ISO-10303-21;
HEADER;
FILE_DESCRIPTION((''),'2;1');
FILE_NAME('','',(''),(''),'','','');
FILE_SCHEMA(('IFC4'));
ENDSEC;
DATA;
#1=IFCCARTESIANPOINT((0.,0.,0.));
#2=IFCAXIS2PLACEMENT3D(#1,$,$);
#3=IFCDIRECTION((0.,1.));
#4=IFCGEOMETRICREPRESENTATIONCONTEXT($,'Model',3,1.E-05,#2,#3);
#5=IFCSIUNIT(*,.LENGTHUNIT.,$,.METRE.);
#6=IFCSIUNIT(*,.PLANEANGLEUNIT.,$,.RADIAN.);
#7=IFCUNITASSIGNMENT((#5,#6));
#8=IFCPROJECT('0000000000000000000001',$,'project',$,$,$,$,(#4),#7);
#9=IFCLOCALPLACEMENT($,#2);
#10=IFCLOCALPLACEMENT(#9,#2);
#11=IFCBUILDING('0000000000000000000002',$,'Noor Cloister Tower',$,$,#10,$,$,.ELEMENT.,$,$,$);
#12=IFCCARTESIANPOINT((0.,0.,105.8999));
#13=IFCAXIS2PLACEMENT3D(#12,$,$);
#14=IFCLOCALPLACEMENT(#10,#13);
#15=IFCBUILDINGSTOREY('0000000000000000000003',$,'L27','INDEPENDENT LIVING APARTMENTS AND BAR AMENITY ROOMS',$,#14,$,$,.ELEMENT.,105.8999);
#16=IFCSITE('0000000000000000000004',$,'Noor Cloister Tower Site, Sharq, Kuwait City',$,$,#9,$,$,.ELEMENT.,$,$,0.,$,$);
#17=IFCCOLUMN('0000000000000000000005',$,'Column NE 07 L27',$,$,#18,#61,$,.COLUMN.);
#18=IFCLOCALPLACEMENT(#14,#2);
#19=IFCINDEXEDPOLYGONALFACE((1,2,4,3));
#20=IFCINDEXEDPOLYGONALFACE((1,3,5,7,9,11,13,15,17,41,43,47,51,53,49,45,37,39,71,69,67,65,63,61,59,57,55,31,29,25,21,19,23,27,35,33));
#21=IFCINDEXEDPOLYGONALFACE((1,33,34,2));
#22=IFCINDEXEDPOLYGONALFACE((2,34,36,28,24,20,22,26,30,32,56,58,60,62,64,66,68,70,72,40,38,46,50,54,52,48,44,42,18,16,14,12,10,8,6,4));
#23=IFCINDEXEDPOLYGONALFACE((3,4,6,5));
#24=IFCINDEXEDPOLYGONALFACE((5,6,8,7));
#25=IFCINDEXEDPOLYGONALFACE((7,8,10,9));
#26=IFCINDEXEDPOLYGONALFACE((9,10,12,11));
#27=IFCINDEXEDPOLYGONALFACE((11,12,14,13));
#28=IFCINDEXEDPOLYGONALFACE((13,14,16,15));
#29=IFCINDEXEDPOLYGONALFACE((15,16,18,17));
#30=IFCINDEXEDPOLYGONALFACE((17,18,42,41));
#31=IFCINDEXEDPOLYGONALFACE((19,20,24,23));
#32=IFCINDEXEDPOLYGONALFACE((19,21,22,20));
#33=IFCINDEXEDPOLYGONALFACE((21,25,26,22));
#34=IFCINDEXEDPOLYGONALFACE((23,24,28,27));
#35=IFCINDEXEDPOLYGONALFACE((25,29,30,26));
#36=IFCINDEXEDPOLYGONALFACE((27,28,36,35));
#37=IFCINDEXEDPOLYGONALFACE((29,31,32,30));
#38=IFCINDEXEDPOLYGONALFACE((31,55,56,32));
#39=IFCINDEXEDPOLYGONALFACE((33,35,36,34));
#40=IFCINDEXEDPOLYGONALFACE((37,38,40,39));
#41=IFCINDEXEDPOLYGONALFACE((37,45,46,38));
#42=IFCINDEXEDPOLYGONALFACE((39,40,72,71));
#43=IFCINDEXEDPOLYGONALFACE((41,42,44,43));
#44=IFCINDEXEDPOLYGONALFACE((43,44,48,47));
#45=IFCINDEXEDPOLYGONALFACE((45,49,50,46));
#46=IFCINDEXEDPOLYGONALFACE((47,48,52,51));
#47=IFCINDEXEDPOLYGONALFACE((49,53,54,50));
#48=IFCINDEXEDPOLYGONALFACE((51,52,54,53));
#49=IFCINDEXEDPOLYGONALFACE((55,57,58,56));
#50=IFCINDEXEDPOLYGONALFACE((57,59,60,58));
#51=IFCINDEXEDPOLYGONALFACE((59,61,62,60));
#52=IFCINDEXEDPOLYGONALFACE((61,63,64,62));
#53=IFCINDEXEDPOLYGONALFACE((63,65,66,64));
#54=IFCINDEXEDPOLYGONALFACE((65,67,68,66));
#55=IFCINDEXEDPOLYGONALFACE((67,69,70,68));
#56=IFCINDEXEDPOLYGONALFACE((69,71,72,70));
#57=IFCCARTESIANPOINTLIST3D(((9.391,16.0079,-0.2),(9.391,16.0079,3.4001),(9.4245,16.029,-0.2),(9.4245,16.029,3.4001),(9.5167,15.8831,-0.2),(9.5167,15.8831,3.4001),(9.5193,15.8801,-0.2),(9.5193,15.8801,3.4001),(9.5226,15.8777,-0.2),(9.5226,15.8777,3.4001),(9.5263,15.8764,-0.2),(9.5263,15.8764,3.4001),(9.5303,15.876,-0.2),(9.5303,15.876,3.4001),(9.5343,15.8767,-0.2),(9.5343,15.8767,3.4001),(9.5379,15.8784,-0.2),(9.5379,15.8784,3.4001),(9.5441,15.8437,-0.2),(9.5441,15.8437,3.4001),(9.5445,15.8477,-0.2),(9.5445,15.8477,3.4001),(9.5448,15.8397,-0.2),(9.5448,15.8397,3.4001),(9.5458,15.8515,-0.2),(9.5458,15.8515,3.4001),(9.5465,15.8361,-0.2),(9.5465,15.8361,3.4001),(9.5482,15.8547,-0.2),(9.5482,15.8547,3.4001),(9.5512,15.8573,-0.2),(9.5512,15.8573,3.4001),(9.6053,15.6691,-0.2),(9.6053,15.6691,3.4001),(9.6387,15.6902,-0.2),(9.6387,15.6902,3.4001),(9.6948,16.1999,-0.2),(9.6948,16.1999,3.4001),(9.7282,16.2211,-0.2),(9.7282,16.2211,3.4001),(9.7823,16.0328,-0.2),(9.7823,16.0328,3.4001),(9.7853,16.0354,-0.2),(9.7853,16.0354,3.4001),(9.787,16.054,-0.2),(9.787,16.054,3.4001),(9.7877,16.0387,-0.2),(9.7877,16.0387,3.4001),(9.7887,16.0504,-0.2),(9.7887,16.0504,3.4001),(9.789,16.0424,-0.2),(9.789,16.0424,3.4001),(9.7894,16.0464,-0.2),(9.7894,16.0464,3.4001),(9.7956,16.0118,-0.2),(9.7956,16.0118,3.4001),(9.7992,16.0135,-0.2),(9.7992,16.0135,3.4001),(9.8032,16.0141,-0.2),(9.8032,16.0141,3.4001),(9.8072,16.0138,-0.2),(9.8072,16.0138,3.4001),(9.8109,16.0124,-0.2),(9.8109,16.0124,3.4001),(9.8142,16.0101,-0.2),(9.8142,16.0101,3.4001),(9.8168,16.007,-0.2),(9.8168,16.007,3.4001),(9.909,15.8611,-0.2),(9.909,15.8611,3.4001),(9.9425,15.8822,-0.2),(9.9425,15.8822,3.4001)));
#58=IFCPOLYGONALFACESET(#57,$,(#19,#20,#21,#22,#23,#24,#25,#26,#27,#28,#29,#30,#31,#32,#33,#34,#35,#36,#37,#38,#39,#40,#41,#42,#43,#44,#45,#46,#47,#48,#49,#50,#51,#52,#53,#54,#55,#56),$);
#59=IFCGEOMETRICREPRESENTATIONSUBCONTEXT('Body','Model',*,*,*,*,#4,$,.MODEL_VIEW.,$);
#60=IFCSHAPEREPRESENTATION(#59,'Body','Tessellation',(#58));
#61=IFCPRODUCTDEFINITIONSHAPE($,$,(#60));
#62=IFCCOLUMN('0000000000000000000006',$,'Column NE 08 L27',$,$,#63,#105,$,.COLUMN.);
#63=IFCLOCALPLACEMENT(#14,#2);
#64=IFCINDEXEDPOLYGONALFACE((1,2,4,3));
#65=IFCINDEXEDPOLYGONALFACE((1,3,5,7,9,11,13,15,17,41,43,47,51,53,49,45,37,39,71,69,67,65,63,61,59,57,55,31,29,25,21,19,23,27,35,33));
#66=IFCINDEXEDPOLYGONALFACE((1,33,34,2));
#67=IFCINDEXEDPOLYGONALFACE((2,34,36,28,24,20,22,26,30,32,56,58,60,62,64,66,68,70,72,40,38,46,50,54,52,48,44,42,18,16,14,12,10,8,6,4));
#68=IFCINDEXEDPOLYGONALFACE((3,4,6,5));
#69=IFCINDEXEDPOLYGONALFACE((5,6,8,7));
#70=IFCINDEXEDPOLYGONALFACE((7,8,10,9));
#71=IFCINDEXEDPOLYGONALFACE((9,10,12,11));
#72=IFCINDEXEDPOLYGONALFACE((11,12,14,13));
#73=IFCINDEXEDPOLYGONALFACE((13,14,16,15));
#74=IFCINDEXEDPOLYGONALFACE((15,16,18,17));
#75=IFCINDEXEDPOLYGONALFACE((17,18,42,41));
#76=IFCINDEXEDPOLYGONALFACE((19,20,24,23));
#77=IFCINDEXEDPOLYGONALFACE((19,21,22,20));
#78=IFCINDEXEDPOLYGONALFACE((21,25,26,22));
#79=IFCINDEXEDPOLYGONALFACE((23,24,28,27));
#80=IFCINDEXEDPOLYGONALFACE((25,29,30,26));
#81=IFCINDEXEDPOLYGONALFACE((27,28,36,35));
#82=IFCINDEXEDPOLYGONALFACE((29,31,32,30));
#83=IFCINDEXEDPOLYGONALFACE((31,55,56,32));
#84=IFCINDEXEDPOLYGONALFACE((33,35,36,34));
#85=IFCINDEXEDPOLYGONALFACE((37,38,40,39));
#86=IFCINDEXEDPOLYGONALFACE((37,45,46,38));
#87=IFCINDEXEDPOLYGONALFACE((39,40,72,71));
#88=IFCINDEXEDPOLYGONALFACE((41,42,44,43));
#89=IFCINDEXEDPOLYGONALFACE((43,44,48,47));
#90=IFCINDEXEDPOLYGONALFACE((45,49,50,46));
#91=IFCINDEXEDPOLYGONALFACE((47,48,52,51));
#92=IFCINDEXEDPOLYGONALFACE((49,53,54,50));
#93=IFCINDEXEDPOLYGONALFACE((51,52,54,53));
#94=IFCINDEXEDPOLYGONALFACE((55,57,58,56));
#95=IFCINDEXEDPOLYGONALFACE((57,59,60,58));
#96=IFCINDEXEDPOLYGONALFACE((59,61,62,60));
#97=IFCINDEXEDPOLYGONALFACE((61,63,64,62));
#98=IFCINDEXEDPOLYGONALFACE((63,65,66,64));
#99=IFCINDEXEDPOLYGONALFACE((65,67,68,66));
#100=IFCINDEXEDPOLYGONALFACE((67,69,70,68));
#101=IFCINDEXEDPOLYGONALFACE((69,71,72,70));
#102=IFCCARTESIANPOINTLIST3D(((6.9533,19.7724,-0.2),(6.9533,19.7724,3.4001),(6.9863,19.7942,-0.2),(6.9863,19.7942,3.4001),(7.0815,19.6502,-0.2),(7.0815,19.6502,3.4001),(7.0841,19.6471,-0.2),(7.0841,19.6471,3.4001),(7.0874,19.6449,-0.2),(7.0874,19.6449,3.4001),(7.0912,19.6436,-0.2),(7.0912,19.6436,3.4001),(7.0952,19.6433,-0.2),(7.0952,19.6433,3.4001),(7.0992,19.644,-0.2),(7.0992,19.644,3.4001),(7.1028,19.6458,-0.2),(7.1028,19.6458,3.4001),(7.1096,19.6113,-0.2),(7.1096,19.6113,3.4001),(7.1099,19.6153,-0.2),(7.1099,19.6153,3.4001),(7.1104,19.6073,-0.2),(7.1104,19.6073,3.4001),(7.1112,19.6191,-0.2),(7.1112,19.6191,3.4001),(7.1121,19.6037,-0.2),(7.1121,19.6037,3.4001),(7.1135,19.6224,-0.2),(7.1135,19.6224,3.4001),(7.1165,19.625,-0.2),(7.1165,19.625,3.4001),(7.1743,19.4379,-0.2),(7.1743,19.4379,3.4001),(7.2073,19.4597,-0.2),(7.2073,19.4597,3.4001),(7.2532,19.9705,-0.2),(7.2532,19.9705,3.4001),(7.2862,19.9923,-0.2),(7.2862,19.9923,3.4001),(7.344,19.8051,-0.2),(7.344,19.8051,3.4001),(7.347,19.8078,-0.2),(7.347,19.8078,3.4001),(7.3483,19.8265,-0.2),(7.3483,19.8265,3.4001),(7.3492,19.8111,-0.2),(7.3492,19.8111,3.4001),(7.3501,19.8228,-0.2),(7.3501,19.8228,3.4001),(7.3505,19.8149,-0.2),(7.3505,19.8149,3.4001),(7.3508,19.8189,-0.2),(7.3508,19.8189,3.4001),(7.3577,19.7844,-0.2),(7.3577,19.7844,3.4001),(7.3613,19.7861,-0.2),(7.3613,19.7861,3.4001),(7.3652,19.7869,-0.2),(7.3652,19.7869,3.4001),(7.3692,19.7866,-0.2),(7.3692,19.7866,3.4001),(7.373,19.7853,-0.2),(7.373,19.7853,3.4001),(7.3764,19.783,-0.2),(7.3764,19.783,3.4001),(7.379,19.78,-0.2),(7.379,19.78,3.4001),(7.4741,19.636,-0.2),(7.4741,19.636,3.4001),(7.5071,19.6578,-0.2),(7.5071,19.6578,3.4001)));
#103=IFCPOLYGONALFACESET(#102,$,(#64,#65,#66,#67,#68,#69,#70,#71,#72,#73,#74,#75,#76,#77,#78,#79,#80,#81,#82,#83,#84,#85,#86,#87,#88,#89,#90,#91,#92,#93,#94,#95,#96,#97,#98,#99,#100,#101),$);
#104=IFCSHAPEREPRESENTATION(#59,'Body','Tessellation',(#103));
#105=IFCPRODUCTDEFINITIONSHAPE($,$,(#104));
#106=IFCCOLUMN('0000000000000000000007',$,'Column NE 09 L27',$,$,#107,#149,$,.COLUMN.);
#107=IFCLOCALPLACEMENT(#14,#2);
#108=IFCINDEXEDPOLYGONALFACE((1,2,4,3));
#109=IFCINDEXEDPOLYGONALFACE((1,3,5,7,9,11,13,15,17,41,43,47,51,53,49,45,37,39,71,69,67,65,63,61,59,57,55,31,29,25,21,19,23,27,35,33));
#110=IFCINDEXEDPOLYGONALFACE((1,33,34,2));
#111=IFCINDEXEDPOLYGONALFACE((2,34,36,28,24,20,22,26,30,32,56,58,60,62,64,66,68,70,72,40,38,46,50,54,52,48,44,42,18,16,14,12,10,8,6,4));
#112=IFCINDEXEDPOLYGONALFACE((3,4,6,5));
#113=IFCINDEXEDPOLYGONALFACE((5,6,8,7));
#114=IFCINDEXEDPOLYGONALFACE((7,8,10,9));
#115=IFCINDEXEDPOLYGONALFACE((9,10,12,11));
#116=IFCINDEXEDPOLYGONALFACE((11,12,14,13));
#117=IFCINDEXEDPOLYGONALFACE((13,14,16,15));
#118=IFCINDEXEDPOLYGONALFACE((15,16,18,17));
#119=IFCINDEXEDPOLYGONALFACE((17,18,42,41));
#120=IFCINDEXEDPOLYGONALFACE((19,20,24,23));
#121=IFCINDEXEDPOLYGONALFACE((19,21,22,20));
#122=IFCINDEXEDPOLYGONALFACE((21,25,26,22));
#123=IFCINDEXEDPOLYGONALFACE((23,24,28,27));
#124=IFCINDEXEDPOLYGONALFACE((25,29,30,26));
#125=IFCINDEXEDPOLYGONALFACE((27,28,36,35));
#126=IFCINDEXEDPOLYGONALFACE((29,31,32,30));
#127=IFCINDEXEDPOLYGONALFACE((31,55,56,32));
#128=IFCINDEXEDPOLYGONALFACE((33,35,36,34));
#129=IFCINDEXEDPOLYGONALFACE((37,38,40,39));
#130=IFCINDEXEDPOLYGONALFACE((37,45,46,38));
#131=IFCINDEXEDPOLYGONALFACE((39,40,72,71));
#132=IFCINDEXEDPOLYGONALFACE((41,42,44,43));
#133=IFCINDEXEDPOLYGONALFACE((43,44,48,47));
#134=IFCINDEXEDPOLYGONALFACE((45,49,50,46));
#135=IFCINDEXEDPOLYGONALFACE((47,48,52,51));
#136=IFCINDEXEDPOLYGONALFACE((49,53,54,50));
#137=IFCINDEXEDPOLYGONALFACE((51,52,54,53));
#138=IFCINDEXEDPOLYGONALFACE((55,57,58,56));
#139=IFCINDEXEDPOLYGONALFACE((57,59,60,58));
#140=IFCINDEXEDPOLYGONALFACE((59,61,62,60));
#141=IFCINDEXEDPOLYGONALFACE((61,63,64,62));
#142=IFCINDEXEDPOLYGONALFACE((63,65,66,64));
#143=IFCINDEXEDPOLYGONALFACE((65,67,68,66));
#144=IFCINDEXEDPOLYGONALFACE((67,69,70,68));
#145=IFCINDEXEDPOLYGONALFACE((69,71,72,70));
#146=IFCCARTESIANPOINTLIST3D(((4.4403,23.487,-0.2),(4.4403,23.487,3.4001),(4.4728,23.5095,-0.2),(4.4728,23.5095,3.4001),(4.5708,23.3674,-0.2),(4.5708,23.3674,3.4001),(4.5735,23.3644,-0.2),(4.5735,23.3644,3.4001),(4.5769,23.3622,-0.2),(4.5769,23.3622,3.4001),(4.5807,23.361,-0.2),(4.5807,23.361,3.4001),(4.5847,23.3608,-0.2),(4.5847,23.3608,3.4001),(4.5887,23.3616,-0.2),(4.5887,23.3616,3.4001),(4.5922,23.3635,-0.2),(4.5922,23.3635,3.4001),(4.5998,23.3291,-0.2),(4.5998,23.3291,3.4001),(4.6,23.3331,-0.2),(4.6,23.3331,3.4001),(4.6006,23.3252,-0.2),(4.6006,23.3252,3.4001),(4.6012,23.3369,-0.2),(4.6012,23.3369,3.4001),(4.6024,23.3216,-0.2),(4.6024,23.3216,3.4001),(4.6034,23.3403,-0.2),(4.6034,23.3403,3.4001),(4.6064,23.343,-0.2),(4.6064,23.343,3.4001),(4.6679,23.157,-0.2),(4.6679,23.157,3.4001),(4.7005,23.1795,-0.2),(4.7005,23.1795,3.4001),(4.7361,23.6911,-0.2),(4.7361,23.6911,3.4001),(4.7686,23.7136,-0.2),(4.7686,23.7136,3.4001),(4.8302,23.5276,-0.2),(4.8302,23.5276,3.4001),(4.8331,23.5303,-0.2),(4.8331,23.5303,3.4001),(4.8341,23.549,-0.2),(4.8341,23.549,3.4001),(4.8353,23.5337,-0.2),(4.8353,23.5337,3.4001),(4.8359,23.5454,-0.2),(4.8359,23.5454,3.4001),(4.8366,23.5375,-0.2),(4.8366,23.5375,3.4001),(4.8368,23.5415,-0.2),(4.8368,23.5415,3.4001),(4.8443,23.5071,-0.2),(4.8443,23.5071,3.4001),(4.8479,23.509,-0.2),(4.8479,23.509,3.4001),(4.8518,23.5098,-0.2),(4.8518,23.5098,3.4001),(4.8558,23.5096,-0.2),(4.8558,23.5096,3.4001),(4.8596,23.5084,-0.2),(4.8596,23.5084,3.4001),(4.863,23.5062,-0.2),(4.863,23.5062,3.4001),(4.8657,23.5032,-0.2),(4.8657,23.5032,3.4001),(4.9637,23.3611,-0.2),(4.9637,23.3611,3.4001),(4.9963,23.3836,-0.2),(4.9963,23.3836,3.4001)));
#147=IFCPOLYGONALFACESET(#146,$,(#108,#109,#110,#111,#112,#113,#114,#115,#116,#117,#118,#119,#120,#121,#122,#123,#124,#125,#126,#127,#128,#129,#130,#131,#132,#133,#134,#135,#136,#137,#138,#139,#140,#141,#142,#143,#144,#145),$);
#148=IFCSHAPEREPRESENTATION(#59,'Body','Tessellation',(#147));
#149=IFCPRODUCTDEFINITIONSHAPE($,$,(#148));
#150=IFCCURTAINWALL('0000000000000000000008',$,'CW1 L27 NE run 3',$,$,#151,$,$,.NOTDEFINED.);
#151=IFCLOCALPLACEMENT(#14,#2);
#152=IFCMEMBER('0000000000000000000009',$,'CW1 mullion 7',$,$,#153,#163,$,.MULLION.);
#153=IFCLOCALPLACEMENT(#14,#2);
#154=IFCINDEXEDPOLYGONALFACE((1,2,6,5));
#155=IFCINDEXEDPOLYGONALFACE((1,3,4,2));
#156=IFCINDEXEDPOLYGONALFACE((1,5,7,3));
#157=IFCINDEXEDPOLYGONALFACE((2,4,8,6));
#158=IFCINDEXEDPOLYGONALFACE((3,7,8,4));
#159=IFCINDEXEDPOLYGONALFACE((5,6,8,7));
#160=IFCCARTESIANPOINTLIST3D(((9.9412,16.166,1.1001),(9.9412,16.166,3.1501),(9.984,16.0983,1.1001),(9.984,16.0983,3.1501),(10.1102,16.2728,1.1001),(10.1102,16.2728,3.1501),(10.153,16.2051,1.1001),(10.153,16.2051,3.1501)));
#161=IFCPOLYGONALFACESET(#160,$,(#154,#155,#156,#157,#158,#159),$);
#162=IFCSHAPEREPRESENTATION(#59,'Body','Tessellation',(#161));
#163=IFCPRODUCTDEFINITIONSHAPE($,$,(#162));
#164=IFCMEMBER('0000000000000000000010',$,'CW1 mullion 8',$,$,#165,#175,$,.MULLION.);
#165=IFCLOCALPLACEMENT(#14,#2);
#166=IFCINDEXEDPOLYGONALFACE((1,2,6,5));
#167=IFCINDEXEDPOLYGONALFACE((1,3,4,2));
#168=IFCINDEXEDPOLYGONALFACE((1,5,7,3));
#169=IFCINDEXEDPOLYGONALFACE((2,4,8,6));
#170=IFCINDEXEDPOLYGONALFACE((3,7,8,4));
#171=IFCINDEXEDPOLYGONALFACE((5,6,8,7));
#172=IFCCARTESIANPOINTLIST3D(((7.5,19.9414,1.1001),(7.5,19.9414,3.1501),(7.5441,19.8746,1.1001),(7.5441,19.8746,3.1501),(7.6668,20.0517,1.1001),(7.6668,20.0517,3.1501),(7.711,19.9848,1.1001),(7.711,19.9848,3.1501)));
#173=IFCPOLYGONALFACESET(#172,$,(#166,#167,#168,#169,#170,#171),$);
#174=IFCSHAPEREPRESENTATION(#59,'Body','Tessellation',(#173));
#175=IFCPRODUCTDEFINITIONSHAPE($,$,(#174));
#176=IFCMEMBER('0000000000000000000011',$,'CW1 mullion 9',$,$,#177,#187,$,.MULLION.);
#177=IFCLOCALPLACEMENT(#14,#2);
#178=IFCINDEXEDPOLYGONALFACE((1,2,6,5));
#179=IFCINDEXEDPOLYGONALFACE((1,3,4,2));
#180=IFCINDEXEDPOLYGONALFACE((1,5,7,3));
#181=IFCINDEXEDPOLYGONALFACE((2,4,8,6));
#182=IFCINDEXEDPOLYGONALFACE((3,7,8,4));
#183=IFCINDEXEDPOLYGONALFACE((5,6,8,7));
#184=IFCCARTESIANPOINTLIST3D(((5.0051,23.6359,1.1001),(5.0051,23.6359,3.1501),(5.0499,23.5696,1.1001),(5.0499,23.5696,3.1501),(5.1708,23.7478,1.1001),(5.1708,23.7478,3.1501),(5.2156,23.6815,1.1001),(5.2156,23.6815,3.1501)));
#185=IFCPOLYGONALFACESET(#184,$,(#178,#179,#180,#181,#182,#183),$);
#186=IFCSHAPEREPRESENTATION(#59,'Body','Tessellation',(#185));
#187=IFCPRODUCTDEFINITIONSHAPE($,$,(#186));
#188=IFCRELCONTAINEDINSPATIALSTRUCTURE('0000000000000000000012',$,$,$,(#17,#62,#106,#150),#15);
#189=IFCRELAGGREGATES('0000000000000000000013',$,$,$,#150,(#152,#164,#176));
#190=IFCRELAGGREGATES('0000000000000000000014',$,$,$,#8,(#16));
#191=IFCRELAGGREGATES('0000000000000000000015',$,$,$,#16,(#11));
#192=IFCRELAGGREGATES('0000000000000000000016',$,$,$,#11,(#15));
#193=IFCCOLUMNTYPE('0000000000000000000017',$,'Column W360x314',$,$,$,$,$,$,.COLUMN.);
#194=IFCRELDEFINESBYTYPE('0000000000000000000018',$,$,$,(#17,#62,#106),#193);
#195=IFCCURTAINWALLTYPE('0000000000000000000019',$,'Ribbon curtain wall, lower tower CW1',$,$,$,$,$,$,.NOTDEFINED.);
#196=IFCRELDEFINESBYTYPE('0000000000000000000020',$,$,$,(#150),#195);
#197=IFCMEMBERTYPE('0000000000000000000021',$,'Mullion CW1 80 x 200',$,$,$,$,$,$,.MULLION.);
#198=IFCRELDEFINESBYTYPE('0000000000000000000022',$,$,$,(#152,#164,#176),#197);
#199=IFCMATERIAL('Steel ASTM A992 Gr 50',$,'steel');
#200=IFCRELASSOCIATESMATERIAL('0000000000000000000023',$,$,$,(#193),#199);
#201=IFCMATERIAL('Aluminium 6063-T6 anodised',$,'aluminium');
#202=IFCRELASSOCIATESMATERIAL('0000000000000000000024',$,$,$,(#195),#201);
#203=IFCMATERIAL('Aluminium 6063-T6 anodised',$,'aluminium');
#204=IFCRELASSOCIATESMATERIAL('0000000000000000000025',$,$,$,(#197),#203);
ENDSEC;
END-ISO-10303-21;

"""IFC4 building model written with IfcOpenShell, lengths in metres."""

from ifc_helpers import new_model, si_unit, direction, frame, origin, origin_2d, place, context, subcontext, project, spatial, rectangle, i_section, extrude, material, material_profile, profile_set, type_object, element, aggregate, save


model = new_model("IFC4")

# Units and contexts
model_context = context("Model", 3, precision=1e-05, world=origin(), true_north=direction((0.0, 1.0)))
body_context = subcontext(model_context, "Body", "Model", "MODEL_VIEW")
ifc_project = project(units=[si_unit("LENGTHUNIT", "METRE"), si_unit("PLANEANGLEUNIT", "RADIAN")], contexts=[model_context])

# Site, building, storey
site_placement = place(None, origin())
site = spatial("IfcSite", under=ifc_project, at=site_placement, Name="Noor Cloister Tower Site, Sharq, Kuwait City", CompositionType="ELEMENT", RefElevation=0.0)
building_placement = place(site_placement, origin())
building = spatial("IfcBuilding", under=site, at=building_placement, Name="Noor Cloister Tower", CompositionType="ELEMENT")
storey_placement = place(building_placement, frame((0.0, 0.0, 105.8999)))
storey = spatial("IfcBuildingStorey", under=building, at=storey_placement, Name="L27", Description="INDEPENDENT LIVING APARTMENTS AND BAR AMENITY ROOMS", CompositionType="ELEMENT", Elevation=105.8999)

# Columns
ifc_material_1 = material(Name="Steel ASTM A992 Gr 50", Category="steel")
ifc_material_profile_1 = material_profile(ifc_material_1, i_section(OverallWidth=0.4009, OverallDepth=0.3989, WebThickness=0.0249, FlangeThickness=0.0396, FilletRadius=0.0154, at=origin_2d()), Name="W360x314")
ifc_profile_set_1 = profile_set([ifc_material_profile_1], Name="Steel ASTM A992 Gr 50")
column_type = type_object("IfcColumnType", Name="Column W360x314", PredefinedType="COLUMN", material=ifc_profile_set_1)
for number, where, z_axis, x_axis, name in (
    (1, (9.6667, 15.9451, -0.2), (0.0, 0.0, 1.0), (-0.534365, 0.845254, 0.0), "Column NE 07 L27"),
    (2, (7.2302, 19.7151, -0.2), (0.0, 0.0, 1.0), (-0.551228, 0.834355, 0.0), "Column NE 08 L27"),
    (3, (4.7183, 23.4353, -0.2), (0.0, 0.0, 1.0), (-0.567868, 0.823119, 0.0), "Column NE 09 L27"),
):
    element("IfcColumn", number, at=place(storey_placement, frame(where, z_axis=z_axis, x_axis=x_axis)), inside=storey, type_object=column_type, Name=name, PredefinedType="COLUMN", context=body_context, shape_type="SweptSolid", body=[
        extrude(i_section(OverallWidth=0.4009, OverallDepth=0.3989, WebThickness=0.0249, FlangeThickness=0.0396, FilletRadius=0.0154, at=origin_2d()), origin(), (0.0, 0.0, 1.0), 3.6001),
    ])

# Curtain wall, members
ifc_material_2 = material(Name="Aluminium 6063-T6 anodised", Category="aluminium")
curtain_wall_type = type_object("IfcCurtainWallType", Name="Ribbon curtain wall, lower tower CW1", PredefinedType="NOTDEFINED", material=ifc_material_2)
curtain_wall_placement = place(storey_placement, origin())
curtain_wall = element("IfcCurtainWall", 4, at=curtain_wall_placement, inside=storey, type_object=curtain_wall_type, Name="CW1 L27 NE run 3", PredefinedType="NOTDEFINED")
ifc_material_3 = material(Name="Aluminium 6063-T6 anodised", Category="aluminium")
ifc_material_profile_2 = material_profile(ifc_material_3, rectangle(XDim=0.2, YDim=0.0801, at=origin_2d()), Name="200 x 80 mullion")
ifc_profile_set_2 = profile_set([ifc_material_profile_2], Name="Aluminium 6063-T6 anodised")
member_type = type_object("IfcMemberType", Name="Mullion CW1 80 x 200", PredefinedType="MULLION", material=ifc_profile_set_2)
member_1_placement = place(storey_placement, frame((10.0471, 16.1855, 1.1001), z_axis=(0.0, 0.0, 1.0), x_axis=(-0.845254, -0.534365, 0.0)))
member_1 = element("IfcMember", 5, at=member_1_placement, type_object=member_type, Name="CW1 mullion 7", PredefinedType="MULLION", context=body_context, shape_type="SweptSolid", body=[
    extrude(rectangle(XDim=0.2, YDim=0.0801, at=origin_2d()), origin(), (0.0, 0.0, 1.0), 2.05),
])
member_2_placement = place(storey_placement, frame((7.6055, 19.9631, 1.1001), z_axis=(0.0, 0.0, 1.0), x_axis=(-0.834355, -0.551228, 0.0)))
member_2 = element("IfcMember", 6, at=member_2_placement, type_object=member_type, Name="CW1 mullion 8", PredefinedType="MULLION", context=body_context, shape_type="SweptSolid", body=[
    extrude(rectangle(XDim=0.2, YDim=0.0801, at=origin_2d()), origin(), (0.0, 0.0, 1.0), 2.05),
])
member_3_placement = place(storey_placement, frame((5.1104, 23.6587, 1.1001), z_axis=(0.0, 0.0, 1.0), x_axis=(-0.828779, -0.559576, 0.0)))
member_3 = element("IfcMember", 7, at=member_3_placement, type_object=member_type, Name="CW1 mullion 9", PredefinedType="MULLION", context=body_context, shape_type="SweptSolid", body=[
    extrude(rectangle(XDim=0.2, YDim=0.0801, at=origin_2d()), origin(), (0.0, 0.0, 1.0), 2.05),
])

aggregate(curtain_wall, [member_1, member_2, member_3])

save(model, "model.ifc")
